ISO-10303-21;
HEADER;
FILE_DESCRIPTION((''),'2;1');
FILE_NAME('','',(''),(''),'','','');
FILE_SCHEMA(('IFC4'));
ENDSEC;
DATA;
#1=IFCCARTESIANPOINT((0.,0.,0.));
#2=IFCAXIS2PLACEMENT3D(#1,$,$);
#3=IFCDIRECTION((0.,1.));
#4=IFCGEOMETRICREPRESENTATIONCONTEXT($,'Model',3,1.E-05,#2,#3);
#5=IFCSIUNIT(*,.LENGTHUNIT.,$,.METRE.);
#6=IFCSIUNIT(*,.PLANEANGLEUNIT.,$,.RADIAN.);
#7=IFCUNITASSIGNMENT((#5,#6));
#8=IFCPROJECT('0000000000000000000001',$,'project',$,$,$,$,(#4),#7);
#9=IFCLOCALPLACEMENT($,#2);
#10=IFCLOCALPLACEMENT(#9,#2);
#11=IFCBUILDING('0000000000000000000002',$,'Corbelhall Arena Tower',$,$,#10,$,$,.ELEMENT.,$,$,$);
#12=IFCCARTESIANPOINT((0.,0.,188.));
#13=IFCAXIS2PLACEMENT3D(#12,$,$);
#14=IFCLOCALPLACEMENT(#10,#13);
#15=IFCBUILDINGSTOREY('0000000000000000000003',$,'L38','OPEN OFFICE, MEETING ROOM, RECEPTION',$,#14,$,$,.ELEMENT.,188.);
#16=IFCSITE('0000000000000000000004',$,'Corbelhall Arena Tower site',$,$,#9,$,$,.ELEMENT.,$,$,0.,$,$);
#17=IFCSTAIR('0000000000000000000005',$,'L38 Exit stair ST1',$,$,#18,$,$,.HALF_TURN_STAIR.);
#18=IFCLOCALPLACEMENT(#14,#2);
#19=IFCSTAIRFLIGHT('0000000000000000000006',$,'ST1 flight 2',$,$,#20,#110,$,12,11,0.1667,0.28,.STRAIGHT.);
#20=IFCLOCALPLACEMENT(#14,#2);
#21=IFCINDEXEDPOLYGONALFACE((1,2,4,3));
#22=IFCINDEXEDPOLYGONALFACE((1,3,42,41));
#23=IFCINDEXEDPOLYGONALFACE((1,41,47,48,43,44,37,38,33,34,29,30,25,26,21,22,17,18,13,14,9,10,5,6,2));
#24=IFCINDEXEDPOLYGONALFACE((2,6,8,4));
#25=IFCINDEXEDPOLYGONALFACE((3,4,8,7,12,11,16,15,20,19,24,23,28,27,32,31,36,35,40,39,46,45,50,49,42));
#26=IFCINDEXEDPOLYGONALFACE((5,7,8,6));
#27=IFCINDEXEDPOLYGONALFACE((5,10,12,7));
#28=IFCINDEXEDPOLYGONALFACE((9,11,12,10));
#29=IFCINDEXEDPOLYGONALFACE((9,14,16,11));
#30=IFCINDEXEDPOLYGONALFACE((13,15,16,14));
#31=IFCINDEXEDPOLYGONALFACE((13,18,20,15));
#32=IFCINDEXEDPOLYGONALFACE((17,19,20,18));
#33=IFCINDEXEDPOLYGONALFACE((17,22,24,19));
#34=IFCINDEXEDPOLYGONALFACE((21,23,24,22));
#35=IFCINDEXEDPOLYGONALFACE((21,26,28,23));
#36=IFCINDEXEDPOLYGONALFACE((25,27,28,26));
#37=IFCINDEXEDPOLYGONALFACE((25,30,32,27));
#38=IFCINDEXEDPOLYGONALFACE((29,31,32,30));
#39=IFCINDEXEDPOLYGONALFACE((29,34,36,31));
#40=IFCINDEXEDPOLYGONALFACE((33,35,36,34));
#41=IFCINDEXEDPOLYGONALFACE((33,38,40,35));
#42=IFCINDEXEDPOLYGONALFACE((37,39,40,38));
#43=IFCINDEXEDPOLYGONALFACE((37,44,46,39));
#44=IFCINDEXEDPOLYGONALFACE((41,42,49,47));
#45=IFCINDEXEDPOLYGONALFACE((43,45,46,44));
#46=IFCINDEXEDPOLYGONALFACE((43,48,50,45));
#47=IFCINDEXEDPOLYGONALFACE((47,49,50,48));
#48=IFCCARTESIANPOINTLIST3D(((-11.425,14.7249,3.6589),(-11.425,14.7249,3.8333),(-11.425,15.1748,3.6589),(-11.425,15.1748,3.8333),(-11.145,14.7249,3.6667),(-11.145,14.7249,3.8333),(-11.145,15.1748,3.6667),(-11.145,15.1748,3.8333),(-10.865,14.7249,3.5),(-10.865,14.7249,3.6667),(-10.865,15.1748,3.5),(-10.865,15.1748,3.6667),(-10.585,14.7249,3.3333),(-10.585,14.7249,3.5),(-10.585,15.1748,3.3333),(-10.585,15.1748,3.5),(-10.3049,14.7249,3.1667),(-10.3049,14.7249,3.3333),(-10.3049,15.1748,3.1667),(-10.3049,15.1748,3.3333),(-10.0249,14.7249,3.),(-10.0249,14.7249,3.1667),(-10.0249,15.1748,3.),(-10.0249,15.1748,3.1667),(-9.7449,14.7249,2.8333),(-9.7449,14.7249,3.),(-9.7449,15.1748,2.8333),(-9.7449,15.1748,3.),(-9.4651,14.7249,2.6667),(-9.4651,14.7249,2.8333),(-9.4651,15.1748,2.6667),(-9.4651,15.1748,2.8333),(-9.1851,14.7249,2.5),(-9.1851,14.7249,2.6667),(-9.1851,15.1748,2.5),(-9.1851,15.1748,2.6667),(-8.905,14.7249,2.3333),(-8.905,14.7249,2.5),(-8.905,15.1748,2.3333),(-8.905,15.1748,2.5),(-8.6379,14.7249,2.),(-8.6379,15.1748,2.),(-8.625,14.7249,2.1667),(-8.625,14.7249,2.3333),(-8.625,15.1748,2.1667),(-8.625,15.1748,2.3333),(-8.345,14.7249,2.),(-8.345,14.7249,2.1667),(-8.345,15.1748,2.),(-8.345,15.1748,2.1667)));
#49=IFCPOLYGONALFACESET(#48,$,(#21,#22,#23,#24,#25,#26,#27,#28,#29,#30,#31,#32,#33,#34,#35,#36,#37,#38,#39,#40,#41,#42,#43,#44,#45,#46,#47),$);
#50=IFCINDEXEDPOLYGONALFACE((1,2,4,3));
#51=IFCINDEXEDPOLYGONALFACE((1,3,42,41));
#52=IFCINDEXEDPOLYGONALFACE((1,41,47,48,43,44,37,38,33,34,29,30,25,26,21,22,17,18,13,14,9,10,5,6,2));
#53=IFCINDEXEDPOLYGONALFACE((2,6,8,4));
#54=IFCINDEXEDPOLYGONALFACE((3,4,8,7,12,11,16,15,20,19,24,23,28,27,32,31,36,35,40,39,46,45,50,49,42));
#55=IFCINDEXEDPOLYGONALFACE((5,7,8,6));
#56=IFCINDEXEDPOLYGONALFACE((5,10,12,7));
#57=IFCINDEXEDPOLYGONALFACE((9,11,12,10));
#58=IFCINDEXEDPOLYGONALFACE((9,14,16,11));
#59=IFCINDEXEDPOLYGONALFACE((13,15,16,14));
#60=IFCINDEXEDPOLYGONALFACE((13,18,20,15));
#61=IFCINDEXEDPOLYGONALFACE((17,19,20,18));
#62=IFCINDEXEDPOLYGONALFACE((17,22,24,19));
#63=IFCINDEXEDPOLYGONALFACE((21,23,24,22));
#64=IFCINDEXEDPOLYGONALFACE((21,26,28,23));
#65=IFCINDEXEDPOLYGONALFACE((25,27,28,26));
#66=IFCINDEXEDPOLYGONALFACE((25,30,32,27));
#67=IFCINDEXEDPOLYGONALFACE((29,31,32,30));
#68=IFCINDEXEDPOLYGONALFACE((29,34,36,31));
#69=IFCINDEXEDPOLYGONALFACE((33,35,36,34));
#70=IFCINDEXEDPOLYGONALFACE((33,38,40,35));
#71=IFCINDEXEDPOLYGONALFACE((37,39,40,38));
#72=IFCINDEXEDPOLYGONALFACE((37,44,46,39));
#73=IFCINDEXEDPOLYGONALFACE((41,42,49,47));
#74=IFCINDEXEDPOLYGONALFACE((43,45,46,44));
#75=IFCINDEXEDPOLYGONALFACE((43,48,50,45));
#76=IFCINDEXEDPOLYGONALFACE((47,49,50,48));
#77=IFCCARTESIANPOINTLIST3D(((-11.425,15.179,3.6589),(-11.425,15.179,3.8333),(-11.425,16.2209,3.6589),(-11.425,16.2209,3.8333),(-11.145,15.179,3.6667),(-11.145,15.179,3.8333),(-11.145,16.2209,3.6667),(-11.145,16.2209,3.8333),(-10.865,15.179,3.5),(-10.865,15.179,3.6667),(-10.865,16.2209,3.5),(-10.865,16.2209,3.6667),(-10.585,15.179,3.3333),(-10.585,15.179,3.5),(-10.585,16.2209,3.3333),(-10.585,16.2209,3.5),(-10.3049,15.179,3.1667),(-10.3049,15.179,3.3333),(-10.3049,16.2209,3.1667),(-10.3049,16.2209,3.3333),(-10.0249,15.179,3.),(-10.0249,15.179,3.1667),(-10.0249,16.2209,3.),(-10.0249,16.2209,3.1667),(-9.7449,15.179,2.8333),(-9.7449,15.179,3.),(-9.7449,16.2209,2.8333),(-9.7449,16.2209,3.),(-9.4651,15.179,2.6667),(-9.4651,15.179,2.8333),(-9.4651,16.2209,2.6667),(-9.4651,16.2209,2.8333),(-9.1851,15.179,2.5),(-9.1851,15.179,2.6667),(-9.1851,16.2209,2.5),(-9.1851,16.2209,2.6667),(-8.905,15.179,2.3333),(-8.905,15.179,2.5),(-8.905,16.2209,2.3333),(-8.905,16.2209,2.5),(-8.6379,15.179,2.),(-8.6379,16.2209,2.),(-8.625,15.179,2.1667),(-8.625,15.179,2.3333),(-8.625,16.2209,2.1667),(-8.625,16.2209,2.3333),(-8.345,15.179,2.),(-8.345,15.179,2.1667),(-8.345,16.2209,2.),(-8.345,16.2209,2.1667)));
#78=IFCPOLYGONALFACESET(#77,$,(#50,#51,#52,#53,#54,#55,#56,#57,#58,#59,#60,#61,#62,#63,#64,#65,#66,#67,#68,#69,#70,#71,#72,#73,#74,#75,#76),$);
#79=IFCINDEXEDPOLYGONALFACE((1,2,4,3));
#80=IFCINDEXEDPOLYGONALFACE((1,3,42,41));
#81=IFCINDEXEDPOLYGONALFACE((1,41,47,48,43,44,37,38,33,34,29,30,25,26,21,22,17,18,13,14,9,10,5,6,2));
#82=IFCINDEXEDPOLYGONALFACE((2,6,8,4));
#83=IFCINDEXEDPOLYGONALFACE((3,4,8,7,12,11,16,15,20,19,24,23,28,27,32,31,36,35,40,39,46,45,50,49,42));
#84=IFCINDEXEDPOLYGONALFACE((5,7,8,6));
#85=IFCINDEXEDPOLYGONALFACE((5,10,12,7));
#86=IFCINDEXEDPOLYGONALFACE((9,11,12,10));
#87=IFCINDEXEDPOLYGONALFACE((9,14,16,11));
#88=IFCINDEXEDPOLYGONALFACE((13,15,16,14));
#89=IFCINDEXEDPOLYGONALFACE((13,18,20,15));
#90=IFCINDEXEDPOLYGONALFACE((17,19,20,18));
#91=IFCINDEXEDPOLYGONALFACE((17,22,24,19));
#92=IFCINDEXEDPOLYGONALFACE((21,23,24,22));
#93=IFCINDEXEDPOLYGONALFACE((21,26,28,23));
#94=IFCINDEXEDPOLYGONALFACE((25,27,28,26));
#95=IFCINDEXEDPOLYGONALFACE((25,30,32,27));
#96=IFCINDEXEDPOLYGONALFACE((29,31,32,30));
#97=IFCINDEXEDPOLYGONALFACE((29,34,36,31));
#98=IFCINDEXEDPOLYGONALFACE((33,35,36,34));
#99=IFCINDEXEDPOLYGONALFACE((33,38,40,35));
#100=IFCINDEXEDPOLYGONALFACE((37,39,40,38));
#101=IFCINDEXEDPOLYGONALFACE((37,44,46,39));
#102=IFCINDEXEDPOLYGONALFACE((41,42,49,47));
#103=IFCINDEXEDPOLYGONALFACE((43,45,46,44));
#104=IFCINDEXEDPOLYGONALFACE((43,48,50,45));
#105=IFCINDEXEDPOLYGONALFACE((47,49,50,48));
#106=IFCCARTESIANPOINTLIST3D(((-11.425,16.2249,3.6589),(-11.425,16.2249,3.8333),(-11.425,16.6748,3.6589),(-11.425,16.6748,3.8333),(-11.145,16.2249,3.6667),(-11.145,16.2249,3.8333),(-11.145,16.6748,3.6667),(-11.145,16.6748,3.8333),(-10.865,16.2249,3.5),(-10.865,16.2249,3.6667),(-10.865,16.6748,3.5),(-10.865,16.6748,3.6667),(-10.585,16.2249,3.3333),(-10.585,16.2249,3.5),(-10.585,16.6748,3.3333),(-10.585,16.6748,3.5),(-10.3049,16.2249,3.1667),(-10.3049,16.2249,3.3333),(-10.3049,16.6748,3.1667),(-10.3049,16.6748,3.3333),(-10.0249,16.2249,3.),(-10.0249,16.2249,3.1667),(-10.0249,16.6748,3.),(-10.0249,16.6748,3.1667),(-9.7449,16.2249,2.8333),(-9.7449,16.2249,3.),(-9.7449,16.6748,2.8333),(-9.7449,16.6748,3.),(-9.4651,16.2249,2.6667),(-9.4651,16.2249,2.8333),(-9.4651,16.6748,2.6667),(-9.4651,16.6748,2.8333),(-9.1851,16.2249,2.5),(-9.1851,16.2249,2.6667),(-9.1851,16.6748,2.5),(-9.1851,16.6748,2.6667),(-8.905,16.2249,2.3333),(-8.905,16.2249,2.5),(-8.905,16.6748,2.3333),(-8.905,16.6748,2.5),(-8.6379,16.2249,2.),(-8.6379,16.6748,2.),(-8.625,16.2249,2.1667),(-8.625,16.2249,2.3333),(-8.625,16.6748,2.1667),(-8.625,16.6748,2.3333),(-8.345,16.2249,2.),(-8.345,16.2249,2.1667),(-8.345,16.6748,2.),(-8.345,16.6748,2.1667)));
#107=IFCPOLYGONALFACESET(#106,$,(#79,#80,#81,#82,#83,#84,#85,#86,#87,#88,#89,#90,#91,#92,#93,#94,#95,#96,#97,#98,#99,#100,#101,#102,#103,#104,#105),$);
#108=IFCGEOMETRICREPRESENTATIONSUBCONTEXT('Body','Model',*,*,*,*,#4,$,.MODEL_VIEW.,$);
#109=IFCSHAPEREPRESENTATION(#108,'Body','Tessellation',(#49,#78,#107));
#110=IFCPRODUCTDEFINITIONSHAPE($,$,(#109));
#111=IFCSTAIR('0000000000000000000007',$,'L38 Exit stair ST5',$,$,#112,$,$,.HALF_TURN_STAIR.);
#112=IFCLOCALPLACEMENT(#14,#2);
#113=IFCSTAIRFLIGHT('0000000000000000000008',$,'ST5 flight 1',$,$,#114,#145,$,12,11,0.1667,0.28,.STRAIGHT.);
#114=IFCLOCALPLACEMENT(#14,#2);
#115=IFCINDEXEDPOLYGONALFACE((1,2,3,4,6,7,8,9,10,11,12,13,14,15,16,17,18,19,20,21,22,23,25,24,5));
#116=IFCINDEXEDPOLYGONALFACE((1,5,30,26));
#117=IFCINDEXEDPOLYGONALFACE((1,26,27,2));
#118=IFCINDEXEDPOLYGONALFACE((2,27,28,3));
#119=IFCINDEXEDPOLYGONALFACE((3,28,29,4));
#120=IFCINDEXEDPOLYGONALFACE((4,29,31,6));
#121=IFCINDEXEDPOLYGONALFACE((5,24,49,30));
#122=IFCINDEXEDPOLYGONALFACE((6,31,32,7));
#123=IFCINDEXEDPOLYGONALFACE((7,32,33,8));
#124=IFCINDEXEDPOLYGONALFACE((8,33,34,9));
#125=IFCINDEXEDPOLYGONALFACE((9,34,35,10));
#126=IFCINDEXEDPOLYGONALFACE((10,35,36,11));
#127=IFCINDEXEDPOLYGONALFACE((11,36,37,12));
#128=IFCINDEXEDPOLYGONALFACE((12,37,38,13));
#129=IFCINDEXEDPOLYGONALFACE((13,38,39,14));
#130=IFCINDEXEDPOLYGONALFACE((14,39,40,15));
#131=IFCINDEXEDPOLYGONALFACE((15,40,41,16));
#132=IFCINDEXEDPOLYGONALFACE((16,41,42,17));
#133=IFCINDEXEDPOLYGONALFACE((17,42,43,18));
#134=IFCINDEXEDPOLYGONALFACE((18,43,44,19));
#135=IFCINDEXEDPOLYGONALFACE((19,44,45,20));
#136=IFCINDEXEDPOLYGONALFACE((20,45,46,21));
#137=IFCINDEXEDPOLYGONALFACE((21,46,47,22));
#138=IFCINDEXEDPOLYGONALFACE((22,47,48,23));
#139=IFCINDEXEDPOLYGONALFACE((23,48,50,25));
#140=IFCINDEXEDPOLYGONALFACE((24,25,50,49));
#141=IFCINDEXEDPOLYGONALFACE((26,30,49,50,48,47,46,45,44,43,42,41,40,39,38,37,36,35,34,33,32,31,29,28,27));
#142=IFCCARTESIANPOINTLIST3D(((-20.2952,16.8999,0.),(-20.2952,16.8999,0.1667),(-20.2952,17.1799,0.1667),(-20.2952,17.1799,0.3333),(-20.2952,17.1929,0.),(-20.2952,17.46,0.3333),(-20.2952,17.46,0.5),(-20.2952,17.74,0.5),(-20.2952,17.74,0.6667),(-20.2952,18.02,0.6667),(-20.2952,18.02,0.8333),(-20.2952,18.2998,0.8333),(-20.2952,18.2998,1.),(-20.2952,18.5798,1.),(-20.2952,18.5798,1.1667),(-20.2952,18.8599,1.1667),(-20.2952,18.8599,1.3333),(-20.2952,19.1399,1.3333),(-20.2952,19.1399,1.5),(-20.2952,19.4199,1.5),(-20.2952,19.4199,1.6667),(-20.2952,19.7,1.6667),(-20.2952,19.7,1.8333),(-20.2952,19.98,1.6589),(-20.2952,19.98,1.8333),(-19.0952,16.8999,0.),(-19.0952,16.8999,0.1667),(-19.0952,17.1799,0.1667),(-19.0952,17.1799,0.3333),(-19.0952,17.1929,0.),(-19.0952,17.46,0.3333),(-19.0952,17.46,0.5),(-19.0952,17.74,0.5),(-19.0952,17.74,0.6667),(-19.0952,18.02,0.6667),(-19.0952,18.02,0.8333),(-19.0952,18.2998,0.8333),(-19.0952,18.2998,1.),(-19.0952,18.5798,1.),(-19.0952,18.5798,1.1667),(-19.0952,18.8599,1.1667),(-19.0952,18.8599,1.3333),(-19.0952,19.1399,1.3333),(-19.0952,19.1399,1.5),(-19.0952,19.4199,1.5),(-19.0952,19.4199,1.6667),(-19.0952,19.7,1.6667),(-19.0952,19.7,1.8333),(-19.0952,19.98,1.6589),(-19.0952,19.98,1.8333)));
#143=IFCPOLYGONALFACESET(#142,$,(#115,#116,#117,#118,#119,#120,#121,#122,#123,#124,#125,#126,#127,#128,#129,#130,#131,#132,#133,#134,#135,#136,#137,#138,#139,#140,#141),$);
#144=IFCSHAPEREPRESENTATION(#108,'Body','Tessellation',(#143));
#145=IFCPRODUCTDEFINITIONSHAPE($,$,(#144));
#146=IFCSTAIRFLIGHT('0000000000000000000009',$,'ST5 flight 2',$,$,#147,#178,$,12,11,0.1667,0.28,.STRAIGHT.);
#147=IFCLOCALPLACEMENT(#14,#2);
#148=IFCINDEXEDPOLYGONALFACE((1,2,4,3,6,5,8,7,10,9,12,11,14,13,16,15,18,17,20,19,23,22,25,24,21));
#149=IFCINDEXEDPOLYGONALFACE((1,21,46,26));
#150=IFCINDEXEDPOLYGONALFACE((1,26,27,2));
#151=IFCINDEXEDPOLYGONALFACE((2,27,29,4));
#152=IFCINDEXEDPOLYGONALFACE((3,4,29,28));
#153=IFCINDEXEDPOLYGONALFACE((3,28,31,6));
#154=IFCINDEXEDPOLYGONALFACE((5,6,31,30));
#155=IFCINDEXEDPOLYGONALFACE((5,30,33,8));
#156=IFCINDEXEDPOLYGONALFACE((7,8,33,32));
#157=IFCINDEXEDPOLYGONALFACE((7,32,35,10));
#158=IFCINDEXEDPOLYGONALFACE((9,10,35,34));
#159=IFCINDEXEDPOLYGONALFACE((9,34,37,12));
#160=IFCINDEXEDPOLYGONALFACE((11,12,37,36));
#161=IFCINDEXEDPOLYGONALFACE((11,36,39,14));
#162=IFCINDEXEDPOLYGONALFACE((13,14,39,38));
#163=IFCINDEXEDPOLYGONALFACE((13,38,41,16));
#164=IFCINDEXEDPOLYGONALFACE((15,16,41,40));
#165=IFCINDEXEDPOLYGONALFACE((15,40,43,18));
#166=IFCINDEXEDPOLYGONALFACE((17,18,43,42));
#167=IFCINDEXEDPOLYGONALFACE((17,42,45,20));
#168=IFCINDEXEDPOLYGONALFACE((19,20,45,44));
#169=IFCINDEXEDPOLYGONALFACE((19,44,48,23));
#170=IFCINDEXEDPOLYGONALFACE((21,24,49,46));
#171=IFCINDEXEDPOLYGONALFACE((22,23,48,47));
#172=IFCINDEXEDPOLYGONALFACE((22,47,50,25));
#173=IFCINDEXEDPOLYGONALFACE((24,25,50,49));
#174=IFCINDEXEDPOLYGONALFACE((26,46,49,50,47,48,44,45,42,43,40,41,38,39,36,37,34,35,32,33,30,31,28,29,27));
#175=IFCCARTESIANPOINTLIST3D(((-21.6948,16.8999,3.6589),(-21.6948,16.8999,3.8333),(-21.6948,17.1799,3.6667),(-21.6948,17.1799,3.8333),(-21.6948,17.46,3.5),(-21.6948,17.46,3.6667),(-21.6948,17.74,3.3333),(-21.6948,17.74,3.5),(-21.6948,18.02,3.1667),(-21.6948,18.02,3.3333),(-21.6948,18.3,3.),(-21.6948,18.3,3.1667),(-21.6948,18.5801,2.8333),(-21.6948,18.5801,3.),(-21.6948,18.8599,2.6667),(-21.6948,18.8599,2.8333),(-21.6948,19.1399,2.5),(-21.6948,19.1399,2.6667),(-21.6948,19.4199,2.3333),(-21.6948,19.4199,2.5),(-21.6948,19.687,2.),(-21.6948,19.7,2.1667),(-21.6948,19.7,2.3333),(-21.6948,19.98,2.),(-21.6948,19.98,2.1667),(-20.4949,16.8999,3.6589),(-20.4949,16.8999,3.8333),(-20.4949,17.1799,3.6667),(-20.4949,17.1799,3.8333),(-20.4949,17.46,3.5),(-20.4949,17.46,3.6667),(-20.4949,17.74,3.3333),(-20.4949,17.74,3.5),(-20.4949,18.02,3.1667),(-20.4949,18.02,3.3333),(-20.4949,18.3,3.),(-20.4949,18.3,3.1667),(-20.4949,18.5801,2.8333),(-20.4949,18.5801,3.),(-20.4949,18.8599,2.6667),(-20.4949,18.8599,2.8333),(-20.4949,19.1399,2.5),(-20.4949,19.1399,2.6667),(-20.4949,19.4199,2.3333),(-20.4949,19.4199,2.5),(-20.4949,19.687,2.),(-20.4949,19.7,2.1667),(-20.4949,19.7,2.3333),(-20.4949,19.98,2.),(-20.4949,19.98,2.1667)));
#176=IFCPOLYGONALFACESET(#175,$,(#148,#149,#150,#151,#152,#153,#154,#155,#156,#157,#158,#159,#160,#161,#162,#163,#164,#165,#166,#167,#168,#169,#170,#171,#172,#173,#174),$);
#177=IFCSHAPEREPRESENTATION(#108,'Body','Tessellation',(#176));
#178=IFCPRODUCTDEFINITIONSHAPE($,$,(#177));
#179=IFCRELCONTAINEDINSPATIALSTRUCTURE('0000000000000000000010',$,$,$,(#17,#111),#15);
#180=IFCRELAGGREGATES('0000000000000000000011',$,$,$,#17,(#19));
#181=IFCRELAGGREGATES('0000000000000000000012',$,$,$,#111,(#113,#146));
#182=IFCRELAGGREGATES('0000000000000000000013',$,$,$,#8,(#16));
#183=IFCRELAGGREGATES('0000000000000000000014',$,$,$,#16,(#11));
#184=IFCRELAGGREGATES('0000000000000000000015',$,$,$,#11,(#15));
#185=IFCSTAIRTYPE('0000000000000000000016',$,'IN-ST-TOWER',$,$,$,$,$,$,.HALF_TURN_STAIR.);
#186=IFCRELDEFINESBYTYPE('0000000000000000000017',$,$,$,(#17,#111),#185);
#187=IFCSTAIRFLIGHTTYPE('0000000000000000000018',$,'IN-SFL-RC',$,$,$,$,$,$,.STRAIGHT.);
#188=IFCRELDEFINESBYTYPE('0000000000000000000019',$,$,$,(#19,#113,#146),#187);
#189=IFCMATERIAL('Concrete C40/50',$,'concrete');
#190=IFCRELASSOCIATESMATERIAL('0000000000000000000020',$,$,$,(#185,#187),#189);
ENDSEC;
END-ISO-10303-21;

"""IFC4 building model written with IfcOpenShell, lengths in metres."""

from ifc_helpers import new_model, si_unit, direction, frame, origin, place, context, subcontext, project, spatial, polyline, outline, extrude, material, type_object, element, aggregate, save


model = new_model("IFC4")

# Units and contexts
model_context = context("Model", 3, precision=1e-05, world=origin(), true_north=direction((0.0, 1.0)))
body_context = subcontext(model_context, "Body", "Model", "MODEL_VIEW")
ifc_project = project(units=[si_unit("LENGTHUNIT", "METRE"), si_unit("PLANEANGLEUNIT", "RADIAN")], contexts=[model_context])

# Site, building, storey
site_placement = place(None, origin())
site = spatial("IfcSite", under=ifc_project, at=site_placement, Name="Corbelhall Arena Tower site", CompositionType="ELEMENT", RefElevation=0.0)
building_placement = place(site_placement, origin())
building = spatial("IfcBuilding", under=site, at=building_placement, Name="Corbelhall Arena Tower", CompositionType="ELEMENT")
storey_placement = place(building_placement, frame((0.0, 0.0, 188.0)))
storey = spatial("IfcBuildingStorey", under=building, at=storey_placement, Name="L38", Description="OPEN OFFICE, MEETING ROOM, RECEPTION", CompositionType="ELEMENT", Elevation=188.0)

# Shared definitions
ifc_material_1 = material(Name="Concrete C40/50", Category="concrete")

# Stair, stair flight
stair_type = type_object("IfcStairType", Name="IN-ST-TOWER", PredefinedType="HALF_TURN_STAIR", material=ifc_material_1)
stair_1_placement = place(storey_placement, origin())
stair_1 = element("IfcStair", 1, at=stair_1_placement, inside=storey, type_object=stair_type, Name="L38 Exit stair ST1", PredefinedType="HALF_TURN_STAIR")
stair_flight_type = type_object("IfcStairFlightType", Name="IN-SFL-RC", PredefinedType="STRAIGHT", material=ifc_material_1)
stair_flight_1_placement = place(storey_placement, frame((-8.345, 15.7, 2.0), z_axis=(0.0, 0.0, 1.0), x_axis=(-1.0, 0.0, 0.0)))
stair_flight_1 = element("IfcStairFlight", 2, at=stair_flight_1_placement, type_object=stair_flight_type, Name="ST1 flight 2", NumberOfRisers=12, NumberOfTreads=11, PredefinedType="STRAIGHT", RiserHeight=0.1667, TreadLength=0.28, context=body_context, shape_type="SweptSolid", body=[
    extrude(outline(polyline([(0.0, 0.0), (0.0, 0.1667), (0.28, 0.1667), (0.28, 0.3333), (0.5601, 0.3333), (0.5601, 0.5), (0.8401, 0.5), (0.8401, 0.6667), (1.1201, 0.6667), (1.1201, 0.8333), (1.3999, 0.8333), (1.3999, 1.0), (1.6799, 1.0), (1.6799, 1.1667), (1.96, 1.1667), (1.96, 1.3333), (2.24, 1.3333), (2.24, 1.5), (2.52, 1.5), (2.52, 1.6667), (2.8, 1.6667), (2.8, 1.8333), (3.0801, 1.8333), (3.0801, 2.0), (3.0801, 1.6589), (0.293, 0.0), (0.0, 0.0)])), frame((0.0, 0.9751, 0.0), z_axis=(0.0, -1.0, 0.0), x_axis=(1.0, 0.0, 0.0)), (0.0, 0.0, 1.0), 0.45),
    extrude(outline(polyline([(0.0, 0.0), (0.0, 0.1667), (0.28, 0.1667), (0.28, 0.3333), (0.5601, 0.3333), (0.5601, 0.5), (0.8401, 0.5), (0.8401, 0.6667), (1.1201, 0.6667), (1.1201, 0.8333), (1.3999, 0.8333), (1.3999, 1.0), (1.6799, 1.0), (1.6799, 1.1667), (1.96, 1.1667), (1.96, 1.3333), (2.24, 1.3333), (2.24, 1.5), (2.52, 1.5), (2.52, 1.6667), (2.8, 1.6667), (2.8, 1.8333), (3.0801, 1.8333), (3.0801, 2.0), (3.0801, 1.6589), (0.293, 0.0), (0.0, 0.0)])), frame((0.0, 0.521, 0.0), z_axis=(0.0, -1.0, 0.0), x_axis=(1.0, 0.0, 0.0)), (0.0, 0.0, 1.0), 1.042),
    extrude(outline(polyline([(0.0, 0.0), (0.0, 0.1667), (0.28, 0.1667), (0.28, 0.3333), (0.5601, 0.3333), (0.5601, 0.5), (0.8401, 0.5), (0.8401, 0.6667), (1.1201, 0.6667), (1.1201, 0.8333), (1.3999, 0.8333), (1.3999, 1.0), (1.6799, 1.0), (1.6799, 1.1667), (1.96, 1.1667), (1.96, 1.3333), (2.24, 1.3333), (2.24, 1.5), (2.52, 1.5), (2.52, 1.6667), (2.8, 1.6667), (2.8, 1.8333), (3.0801, 1.8333), (3.0801, 2.0), (3.0801, 1.6589), (0.293, 0.0), (0.0, 0.0)])), frame((0.0, -0.5249, 0.0), z_axis=(0.0, -1.0, 0.0), x_axis=(1.0, 0.0, 0.0)), (0.0, 0.0, 1.0), 0.45),
])
aggregate(stair_1, [stair_flight_1])

# Stair, stair flights
stair_2_placement = place(storey_placement, origin())
stair_2 = element("IfcStair", 3, at=stair_2_placement, inside=storey, type_object=stair_type, Name="L38 Exit stair ST5", PredefinedType="HALF_TURN_STAIR")
stair_flight_2_placement = place(storey_placement, frame((-19.6951, 16.8999, 0.0), z_axis=(0.0, 0.0, 1.0), x_axis=(0.0, 1.0, 0.0)))
stair_flight_2 = element("IfcStairFlight", 4, at=stair_flight_2_placement, type_object=stair_flight_type, Name="ST5 flight 1", NumberOfRisers=12, NumberOfTreads=11, PredefinedType="STRAIGHT", RiserHeight=0.1667, TreadLength=0.28, context=body_context, shape_type="SweptSolid", body=[
    extrude(outline(polyline([(0.0, 0.0), (0.0, 0.1667), (0.28, 0.1667), (0.28, 0.3333), (0.5601, 0.3333), (0.5601, 0.5), (0.8401, 0.5), (0.8401, 0.6667), (1.1201, 0.6667), (1.1201, 0.8333), (1.3999, 0.8333), (1.3999, 1.0), (1.6799, 1.0), (1.6799, 1.1667), (1.96, 1.1667), (1.96, 1.3333), (2.24, 1.3333), (2.24, 1.5), (2.52, 1.5), (2.52, 1.6667), (2.8, 1.6667), (2.8, 1.8333), (3.0801, 1.8333), (3.0801, 2.0), (3.0801, 1.6589), (0.293, 0.0), (0.0, 0.0)])), frame((0.0, 0.6001, 0.0), z_axis=(0.0, -1.0, 0.0), x_axis=(1.0, 0.0, 0.0)), (0.0, 0.0, 1.0), 1.2),
])
stair_flight_3_placement = place(storey_placement, frame((-21.095, 19.98, 2.0), z_axis=(0.0, 0.0, 1.0), x_axis=(0.0, -1.0, 0.0)))
stair_flight_3 = element("IfcStairFlight", 5, at=stair_flight_3_placement, type_object=stair_flight_type, Name="ST5 flight 2", NumberOfRisers=12, NumberOfTreads=11, PredefinedType="STRAIGHT", RiserHeight=0.1667, TreadLength=0.28, context=body_context, shape_type="SweptSolid", body=[
    extrude(outline(polyline([(0.0, 0.0), (0.0, 0.1667), (0.28, 0.1667), (0.28, 0.3333), (0.5601, 0.3333), (0.5601, 0.5), (0.8401, 0.5), (0.8401, 0.6667), (1.1201, 0.6667), (1.1201, 0.8333), (1.3999, 0.8333), (1.3999, 1.0), (1.6799, 1.0), (1.6799, 1.1667), (1.96, 1.1667), (1.96, 1.3333), (2.24, 1.3333), (2.24, 1.5), (2.52, 1.5), (2.52, 1.6667), (2.8, 1.6667), (2.8, 1.8333), (3.0801, 1.8333), (3.0801, 2.0), (3.0801, 1.6589), (0.293, 0.0), (0.0, 0.0)])), frame((0.0, 0.6001, 0.0), z_axis=(0.0, -1.0, 0.0), x_axis=(1.0, 0.0, 0.0)), (0.0, 0.0, 1.0), 1.2),
])
aggregate(stair_2, [stair_flight_2, stair_flight_3])

save(model, "model.ifc")
